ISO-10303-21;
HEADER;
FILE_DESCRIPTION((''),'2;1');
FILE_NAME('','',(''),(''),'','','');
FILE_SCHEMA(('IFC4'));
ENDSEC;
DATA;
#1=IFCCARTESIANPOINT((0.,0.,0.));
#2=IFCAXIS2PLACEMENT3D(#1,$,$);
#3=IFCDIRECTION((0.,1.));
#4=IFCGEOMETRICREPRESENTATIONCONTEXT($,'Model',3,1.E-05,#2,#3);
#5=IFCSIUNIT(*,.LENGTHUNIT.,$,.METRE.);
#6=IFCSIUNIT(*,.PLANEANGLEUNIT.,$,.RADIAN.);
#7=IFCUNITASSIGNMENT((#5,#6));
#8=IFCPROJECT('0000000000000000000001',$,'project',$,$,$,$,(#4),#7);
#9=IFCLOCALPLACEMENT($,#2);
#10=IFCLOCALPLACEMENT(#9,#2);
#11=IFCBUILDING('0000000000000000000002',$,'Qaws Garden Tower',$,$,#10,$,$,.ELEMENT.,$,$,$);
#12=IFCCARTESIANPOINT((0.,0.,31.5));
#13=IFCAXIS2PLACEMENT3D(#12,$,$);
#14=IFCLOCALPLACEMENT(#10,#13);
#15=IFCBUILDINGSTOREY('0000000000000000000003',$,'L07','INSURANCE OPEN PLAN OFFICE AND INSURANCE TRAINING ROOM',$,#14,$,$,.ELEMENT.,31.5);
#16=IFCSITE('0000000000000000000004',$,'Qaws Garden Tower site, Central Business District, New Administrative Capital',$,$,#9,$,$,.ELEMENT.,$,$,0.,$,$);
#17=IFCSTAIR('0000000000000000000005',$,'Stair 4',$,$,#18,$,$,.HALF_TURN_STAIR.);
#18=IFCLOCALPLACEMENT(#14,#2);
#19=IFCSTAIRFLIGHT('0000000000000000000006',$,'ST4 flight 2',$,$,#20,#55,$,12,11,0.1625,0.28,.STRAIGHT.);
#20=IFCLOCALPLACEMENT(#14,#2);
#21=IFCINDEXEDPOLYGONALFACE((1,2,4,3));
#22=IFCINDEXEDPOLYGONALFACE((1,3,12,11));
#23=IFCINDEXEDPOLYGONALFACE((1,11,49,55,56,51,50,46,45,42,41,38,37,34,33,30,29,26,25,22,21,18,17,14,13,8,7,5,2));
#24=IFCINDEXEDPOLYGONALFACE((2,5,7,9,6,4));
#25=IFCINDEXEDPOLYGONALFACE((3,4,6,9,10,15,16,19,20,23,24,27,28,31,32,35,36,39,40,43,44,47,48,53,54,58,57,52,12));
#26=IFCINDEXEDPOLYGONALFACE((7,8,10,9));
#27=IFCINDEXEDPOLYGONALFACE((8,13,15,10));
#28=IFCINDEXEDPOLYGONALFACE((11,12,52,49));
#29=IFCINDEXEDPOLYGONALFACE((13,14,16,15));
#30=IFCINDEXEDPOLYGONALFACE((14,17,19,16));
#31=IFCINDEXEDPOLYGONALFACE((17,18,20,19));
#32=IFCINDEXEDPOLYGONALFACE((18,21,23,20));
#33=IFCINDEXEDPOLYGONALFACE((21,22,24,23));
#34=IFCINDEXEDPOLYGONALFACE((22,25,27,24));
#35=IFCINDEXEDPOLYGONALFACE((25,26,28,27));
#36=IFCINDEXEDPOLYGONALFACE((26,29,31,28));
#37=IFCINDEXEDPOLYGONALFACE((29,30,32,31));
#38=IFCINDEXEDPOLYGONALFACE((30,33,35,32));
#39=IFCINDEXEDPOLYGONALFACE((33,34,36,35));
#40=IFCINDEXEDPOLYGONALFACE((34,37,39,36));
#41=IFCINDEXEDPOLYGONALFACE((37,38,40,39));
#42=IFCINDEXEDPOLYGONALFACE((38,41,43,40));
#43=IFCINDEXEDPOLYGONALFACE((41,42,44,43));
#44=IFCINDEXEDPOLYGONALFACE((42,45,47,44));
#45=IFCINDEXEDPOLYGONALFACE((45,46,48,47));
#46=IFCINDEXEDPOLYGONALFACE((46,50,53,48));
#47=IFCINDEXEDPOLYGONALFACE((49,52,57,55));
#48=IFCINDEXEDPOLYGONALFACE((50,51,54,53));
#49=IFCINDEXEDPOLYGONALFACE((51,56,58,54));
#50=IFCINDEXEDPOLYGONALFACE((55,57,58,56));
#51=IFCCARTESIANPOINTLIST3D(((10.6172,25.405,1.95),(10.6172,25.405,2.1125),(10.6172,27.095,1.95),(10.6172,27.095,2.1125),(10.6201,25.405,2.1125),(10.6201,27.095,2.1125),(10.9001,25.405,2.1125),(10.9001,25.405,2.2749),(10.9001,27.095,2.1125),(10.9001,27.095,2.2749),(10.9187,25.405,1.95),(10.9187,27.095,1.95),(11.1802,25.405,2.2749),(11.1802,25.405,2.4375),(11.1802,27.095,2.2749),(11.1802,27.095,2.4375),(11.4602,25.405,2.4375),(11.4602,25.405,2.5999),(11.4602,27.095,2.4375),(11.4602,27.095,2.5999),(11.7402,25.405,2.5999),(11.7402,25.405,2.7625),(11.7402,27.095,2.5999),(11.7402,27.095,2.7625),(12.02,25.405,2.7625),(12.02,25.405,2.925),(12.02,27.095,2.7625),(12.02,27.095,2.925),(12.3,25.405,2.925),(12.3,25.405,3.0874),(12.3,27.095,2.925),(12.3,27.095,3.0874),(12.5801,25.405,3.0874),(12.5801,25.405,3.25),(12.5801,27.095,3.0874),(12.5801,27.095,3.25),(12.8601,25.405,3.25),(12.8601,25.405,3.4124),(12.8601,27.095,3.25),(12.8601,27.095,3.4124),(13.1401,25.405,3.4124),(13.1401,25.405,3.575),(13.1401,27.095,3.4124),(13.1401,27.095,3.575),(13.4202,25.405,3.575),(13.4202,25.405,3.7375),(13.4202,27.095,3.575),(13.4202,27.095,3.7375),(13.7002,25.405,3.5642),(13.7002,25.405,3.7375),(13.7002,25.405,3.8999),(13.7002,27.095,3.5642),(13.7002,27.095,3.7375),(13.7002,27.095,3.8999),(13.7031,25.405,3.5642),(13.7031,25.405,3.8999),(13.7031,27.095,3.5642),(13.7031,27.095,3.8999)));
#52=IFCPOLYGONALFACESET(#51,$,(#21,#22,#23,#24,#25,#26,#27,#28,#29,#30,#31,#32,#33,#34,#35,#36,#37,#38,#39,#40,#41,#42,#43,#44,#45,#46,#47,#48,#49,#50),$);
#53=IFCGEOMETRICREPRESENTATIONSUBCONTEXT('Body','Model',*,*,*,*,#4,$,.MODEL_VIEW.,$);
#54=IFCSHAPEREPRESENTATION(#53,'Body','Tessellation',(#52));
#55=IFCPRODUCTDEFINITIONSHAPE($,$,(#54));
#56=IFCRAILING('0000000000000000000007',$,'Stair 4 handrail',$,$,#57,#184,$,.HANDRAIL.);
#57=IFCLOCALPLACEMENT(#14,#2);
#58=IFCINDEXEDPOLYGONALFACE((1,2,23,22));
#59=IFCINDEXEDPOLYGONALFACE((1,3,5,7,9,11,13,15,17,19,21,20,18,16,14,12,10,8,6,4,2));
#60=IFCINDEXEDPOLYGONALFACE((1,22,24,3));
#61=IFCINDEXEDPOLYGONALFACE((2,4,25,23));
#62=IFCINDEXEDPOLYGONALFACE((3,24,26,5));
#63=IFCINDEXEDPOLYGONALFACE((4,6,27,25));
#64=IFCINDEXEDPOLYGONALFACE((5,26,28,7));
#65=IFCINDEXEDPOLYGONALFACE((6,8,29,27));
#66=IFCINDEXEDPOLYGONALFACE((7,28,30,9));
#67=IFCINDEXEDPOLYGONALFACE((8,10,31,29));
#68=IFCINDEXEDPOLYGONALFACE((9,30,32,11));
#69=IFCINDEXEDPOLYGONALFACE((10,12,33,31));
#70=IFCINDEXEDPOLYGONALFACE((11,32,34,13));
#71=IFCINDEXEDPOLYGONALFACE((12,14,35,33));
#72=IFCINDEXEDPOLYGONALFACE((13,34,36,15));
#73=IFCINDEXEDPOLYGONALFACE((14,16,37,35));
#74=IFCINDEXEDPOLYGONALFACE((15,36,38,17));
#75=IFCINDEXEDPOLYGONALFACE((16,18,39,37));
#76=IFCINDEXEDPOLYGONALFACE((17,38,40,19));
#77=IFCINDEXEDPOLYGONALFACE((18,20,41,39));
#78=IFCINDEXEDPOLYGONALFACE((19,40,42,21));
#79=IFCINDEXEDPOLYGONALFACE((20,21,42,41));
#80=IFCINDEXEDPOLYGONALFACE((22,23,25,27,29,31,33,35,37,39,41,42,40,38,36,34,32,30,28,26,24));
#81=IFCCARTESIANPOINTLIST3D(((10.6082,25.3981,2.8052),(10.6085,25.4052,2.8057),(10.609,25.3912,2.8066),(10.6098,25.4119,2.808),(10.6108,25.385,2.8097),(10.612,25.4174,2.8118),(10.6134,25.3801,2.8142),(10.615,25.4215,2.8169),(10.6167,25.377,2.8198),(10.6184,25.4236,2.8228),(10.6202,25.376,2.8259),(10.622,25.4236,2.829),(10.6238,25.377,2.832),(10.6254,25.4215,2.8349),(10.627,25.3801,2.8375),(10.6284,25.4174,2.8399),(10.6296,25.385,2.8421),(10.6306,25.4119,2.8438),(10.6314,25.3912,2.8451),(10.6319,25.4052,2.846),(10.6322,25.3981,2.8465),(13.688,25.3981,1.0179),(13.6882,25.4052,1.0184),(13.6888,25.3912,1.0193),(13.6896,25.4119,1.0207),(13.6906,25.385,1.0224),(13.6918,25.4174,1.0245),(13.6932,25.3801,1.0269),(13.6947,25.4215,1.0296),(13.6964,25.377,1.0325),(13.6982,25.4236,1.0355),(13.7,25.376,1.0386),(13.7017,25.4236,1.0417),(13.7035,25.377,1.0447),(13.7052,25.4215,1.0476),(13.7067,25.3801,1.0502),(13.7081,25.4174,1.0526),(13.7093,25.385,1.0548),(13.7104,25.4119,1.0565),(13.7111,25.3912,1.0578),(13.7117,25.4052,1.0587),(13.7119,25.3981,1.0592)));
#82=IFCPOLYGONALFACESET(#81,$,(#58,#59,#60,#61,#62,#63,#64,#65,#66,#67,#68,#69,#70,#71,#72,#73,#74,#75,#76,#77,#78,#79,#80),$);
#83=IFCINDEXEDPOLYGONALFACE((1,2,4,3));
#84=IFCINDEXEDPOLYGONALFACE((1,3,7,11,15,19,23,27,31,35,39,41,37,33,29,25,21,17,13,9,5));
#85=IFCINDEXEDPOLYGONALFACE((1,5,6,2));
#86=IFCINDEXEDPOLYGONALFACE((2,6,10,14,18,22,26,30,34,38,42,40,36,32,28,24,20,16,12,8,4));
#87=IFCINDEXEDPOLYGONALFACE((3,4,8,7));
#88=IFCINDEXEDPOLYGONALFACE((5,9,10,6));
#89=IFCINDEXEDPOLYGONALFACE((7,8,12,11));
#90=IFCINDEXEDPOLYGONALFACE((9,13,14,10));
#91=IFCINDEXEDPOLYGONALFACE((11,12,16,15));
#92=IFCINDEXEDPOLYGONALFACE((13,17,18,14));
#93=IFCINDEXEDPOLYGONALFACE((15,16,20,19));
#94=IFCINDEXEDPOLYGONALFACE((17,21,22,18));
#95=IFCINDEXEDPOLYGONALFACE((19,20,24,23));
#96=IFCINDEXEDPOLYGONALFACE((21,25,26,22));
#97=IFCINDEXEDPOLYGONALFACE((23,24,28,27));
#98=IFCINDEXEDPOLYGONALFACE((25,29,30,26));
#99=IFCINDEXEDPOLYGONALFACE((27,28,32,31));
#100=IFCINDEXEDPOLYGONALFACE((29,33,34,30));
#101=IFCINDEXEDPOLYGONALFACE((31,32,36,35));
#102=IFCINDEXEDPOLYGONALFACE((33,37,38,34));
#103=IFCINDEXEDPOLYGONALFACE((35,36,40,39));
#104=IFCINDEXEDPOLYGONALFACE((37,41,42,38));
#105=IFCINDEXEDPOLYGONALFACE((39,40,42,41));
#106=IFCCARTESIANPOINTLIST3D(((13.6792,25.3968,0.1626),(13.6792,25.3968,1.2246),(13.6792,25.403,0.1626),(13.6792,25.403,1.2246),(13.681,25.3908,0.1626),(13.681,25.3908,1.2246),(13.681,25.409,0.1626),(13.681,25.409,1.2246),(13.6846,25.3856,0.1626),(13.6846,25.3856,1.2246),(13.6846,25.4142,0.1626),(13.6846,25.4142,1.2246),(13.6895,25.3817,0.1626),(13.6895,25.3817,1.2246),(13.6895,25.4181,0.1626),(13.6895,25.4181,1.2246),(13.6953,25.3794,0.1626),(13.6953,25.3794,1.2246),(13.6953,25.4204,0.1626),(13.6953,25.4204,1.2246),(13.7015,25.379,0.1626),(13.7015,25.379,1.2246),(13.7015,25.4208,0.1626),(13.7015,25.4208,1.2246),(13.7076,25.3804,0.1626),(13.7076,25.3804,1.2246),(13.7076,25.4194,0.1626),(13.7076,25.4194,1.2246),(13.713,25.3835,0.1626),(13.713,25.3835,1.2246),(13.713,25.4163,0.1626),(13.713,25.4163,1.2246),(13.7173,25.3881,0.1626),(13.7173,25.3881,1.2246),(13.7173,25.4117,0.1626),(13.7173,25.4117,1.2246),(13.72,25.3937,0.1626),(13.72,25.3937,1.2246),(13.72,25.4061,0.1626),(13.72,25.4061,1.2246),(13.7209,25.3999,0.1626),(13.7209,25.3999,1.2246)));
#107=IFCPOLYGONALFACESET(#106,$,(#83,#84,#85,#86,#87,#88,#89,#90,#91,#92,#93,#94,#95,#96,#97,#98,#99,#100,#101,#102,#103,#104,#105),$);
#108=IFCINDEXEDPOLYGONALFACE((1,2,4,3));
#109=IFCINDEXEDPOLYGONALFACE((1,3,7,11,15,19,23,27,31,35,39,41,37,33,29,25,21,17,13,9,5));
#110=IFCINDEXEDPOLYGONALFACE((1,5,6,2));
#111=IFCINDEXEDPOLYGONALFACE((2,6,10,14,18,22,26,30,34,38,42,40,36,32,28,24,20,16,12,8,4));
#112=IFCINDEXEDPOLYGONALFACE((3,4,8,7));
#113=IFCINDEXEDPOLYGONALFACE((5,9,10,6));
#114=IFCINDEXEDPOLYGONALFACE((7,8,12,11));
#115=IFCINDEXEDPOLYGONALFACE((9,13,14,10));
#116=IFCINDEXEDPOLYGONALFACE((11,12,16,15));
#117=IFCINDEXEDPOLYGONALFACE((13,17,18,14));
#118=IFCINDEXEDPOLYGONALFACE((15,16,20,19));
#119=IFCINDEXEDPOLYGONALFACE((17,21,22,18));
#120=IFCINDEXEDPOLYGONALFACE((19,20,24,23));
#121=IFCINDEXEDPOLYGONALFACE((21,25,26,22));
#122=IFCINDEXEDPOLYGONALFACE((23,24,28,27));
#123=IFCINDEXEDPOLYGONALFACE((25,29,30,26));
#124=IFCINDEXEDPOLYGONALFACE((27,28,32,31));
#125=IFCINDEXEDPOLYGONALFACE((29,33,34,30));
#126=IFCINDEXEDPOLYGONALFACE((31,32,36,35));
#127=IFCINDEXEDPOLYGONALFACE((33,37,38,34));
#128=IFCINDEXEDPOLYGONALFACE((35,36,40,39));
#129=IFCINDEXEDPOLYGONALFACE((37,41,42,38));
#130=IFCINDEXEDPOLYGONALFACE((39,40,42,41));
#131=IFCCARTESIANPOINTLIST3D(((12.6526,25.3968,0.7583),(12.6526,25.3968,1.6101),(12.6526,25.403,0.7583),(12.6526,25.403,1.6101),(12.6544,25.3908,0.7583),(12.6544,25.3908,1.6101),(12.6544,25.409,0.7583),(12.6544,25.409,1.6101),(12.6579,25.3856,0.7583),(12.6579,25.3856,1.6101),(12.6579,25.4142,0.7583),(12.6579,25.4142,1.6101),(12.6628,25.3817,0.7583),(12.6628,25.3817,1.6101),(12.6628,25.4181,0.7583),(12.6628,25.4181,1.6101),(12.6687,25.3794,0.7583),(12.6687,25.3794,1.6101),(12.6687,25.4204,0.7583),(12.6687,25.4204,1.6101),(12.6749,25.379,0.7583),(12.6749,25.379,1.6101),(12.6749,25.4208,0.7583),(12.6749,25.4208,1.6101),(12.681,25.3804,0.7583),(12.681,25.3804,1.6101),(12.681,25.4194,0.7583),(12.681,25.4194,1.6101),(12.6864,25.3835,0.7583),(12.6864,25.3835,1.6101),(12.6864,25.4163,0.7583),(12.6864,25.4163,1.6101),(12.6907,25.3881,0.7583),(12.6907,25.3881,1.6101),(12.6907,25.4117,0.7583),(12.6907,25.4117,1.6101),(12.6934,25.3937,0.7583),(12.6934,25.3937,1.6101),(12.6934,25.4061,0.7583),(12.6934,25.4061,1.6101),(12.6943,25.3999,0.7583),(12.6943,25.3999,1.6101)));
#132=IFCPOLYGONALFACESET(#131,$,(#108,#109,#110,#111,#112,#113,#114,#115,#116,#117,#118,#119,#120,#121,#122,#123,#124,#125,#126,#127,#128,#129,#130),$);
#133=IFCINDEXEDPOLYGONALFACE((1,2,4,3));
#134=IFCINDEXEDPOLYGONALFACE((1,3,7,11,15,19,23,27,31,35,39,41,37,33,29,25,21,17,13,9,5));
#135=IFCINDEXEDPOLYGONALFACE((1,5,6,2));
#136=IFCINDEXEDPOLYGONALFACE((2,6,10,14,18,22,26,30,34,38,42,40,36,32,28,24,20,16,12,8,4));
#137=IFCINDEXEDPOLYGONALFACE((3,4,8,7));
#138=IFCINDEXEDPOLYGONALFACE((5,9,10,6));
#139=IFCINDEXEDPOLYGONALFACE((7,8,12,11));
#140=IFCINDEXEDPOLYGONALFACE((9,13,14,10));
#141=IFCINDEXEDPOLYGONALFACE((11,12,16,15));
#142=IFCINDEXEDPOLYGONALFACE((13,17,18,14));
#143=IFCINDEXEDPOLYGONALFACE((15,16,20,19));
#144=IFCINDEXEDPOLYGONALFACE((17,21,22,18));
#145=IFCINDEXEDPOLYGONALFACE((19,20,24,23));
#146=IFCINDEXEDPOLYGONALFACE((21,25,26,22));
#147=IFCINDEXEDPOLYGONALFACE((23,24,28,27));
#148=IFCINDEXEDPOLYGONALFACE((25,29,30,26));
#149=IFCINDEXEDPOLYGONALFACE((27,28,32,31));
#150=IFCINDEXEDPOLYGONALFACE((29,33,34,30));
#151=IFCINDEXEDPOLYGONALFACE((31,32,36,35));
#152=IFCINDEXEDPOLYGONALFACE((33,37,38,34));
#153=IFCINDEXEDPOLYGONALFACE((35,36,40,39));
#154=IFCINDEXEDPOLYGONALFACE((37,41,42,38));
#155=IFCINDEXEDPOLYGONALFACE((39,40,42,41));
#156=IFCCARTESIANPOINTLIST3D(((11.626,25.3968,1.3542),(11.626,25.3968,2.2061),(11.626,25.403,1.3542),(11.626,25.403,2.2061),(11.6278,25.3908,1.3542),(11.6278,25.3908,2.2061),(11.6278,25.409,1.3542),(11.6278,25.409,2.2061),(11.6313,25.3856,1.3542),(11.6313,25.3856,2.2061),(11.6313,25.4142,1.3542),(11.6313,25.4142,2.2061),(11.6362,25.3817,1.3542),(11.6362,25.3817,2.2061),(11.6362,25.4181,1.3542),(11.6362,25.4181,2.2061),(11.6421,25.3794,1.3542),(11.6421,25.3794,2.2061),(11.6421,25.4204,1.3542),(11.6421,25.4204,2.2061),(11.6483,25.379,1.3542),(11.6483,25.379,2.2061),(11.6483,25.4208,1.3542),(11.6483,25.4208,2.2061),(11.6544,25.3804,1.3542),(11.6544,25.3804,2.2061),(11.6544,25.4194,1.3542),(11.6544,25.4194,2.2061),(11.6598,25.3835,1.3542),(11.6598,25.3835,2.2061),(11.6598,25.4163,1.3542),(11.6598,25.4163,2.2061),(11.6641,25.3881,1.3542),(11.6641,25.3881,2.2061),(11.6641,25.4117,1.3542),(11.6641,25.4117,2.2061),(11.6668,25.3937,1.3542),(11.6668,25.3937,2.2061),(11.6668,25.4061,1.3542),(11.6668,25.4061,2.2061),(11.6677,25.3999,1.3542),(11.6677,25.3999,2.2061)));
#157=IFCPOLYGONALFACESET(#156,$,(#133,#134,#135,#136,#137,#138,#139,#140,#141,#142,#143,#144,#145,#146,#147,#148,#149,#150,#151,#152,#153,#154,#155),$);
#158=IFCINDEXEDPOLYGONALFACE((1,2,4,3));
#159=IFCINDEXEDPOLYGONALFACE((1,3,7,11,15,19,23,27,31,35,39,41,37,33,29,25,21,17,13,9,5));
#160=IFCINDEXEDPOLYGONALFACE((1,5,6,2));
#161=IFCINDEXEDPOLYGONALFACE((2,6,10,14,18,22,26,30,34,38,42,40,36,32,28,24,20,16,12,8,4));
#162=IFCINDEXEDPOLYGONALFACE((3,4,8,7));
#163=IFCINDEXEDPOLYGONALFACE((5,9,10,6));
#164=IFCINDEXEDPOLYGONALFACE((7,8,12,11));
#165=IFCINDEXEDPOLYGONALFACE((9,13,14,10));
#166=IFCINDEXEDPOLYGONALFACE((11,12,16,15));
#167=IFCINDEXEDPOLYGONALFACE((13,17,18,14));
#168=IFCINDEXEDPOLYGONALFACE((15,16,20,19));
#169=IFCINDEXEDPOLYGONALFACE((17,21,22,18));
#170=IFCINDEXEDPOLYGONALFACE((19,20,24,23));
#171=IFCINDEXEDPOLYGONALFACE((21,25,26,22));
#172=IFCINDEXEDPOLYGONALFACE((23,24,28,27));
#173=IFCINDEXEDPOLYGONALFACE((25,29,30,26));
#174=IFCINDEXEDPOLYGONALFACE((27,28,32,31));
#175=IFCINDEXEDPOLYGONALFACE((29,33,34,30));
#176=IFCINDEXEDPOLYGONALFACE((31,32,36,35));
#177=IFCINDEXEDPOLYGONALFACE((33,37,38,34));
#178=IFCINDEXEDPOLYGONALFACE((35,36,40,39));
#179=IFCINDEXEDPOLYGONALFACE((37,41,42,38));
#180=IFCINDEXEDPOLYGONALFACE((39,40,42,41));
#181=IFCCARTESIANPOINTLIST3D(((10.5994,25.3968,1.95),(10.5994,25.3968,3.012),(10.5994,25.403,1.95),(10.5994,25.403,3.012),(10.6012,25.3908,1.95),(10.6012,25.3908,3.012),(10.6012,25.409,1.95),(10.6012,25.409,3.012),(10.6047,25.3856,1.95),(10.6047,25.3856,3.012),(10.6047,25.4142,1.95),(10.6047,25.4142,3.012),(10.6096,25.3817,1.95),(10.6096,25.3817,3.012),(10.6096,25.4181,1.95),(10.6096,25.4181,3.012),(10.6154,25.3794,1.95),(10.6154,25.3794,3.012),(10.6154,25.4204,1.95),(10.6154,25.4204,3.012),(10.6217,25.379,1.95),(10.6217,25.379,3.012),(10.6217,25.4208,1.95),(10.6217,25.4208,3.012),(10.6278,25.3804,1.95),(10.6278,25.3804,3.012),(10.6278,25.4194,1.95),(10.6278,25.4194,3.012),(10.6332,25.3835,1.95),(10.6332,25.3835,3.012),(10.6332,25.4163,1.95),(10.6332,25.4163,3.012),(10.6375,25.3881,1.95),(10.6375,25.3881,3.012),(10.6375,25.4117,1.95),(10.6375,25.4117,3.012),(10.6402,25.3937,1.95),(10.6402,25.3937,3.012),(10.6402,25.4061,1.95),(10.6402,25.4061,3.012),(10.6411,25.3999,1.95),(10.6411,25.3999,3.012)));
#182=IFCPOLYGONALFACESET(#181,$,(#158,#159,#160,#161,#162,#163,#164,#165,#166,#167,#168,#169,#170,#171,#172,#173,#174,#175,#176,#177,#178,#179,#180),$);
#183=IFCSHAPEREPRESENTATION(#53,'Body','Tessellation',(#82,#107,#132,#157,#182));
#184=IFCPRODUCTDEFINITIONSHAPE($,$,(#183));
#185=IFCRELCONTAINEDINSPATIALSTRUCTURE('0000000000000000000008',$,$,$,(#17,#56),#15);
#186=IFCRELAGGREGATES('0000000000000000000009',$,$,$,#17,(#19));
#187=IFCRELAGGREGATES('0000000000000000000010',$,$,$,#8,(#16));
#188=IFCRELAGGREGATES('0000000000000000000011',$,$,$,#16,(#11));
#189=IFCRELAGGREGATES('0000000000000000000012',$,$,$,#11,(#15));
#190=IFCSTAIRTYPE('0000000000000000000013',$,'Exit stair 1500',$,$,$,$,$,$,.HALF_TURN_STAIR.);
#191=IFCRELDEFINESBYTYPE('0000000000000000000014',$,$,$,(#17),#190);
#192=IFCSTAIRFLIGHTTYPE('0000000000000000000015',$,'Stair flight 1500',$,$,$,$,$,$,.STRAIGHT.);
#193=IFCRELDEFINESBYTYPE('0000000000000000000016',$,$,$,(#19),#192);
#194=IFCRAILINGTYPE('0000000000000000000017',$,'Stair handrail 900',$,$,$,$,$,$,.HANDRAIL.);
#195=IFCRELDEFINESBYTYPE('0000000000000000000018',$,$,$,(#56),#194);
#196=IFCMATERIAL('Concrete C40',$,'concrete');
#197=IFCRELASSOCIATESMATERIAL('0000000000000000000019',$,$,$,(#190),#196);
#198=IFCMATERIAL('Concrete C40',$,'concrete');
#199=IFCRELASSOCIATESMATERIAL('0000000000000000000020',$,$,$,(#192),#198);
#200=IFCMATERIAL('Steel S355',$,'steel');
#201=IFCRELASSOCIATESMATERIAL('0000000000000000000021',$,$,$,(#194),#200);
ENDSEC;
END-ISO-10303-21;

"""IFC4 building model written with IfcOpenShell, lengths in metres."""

from ifc_helpers import new_model, si_unit, direction, frame, origin, origin_2d, place, context, subcontext, project, spatial, polyline, circle, outline, extrude, material, type_object, element, aggregate, save


model = new_model("IFC4")

# Units and contexts
model_context = context("Model", 3, precision=1e-05, world=origin(), true_north=direction((0.0, 1.0)))
body_context = subcontext(model_context, "Body", "Model", "MODEL_VIEW")
ifc_project = project(units=[si_unit("LENGTHUNIT", "METRE"), si_unit("PLANEANGLEUNIT", "RADIAN")], contexts=[model_context])

# Site, building, storey
site_placement = place(None, origin())
site = spatial("IfcSite", under=ifc_project, at=site_placement, Name="Qaws Garden Tower site, Central Business District, New Administrative Capital", CompositionType="ELEMENT", RefElevation=0.0)
building_placement = place(site_placement, origin())
building = spatial("IfcBuilding", under=site, at=building_placement, Name="Qaws Garden Tower", CompositionType="ELEMENT")
storey_placement = place(building_placement, frame((0.0, 0.0, 31.5)))
storey = spatial("IfcBuildingStorey", under=building, at=storey_placement, Name="L07", Description="INSURANCE OPEN PLAN OFFICE AND INSURANCE TRAINING ROOM", CompositionType="ELEMENT", Elevation=31.5)

# Stair, stair flight
ifc_material_1 = material(Name="Concrete C40", Category="concrete")
stair_type = type_object("IfcStairType", Name="Exit stair 1500", PredefinedType="HALF_TURN_STAIR", material=ifc_material_1)
stair_placement = place(storey_placement, origin())
stair = element("IfcStair", 1, at=stair_placement, inside=storey, type_object=stair_type, Name="Stair 4", PredefinedType="HALF_TURN_STAIR")
ifc_material_2 = material(Name="Concrete C40", Category="concrete")
stair_flight_type = type_object("IfcStairFlightType", Name="Stair flight 1500", PredefinedType="STRAIGHT", material=ifc_material_2)
stair_flight_1_placement = place(storey_placement, frame((10.6201, 26.25, 1.95), z_axis=(0.0, 0.0, 1.0), x_axis=(1.0, 0.0, 0.0)))
stair_flight_1 = element("IfcStairFlight", 2, at=stair_flight_1_placement, type_object=stair_flight_type, Name="ST4 flight 2", NumberOfRisers=12, NumberOfTreads=11, PredefinedType="STRAIGHT", RiserHeight=0.1625, TreadLength=0.28, context=body_context, shape_type="SweptSolid", body=[
    extrude(outline(polyline([(-0.0029, 0.0), (-0.0029, 0.1626), (0.0, 0.1626), (0.28, 0.1626), (0.28, 0.325), (0.5601, 0.325), (0.5601, 0.4875), (0.8401, 0.4875), (0.8401, 0.6499), (1.1201, 0.6499), (1.1201, 0.8125), (1.3999, 0.8125), (1.3999, 0.9751), (1.6799, 0.9751), (1.6799, 1.1375), (1.96, 1.1375), (1.96, 1.3), (2.24, 1.3), (2.24, 1.4624), (2.52, 1.4624), (2.52, 1.625), (2.8, 1.625), (2.8, 1.7876), (3.0801, 1.7876), (3.0801, 1.95), (3.083, 1.95), (3.083, 1.6143), (3.0801, 1.6143), (0.2986, 0.0), (-0.0029, 0.0)])), frame((0.0, 0.845, 0.0), z_axis=(0.0, -1.0, 0.0), x_axis=(1.0, 0.0, 0.0)), (0.0, 0.0, 1.0), 1.6899),
])
aggregate(stair, [stair_flight_1])

# Railing
ifc_material_3 = material(Name="Steel S355", Category="steel")
railing_type = type_object("IfcRailingType", Name="Stair handrail 900", PredefinedType="HANDRAIL", material=ifc_material_3)
railing_1_placement = place(storey_placement, frame((13.7, 25.3999, 0.1626)))
element("IfcRailing", 3, at=railing_1_placement, inside=storey, type_object=railing_type, Name="Stair 4 handrail", PredefinedType="HANDRAIL", context=body_context, shape_type="SweptSolid", body=[
    extrude(circle(Radius=0.0239, at=origin_2d()), frame((0.0, 0.0, 0.876), z_axis=(-0.864903, 0.0, 0.501939), x_axis=(0.0, -1.0, 0.0)), (0.0, 0.0, 1.0), 3.5608),
    extrude(circle(Radius=0.021, at=origin_2d()), origin(), (0.0, 0.0, 1.0), 1.062),
    extrude(circle(Radius=0.021, at=origin_2d()), frame((-1.0266, 0.0, 0.5957)), (0.0, 0.0, 1.0), 0.8518),
    extrude(circle(Radius=0.021, at=origin_2d()), frame((-2.0532, 0.0, 1.1917)), (0.0, 0.0, 1.0), 0.8518),
    extrude(circle(Radius=0.021, at=origin_2d()), frame((-3.0798, 0.0, 1.7874)), (0.0, 0.0, 1.0), 1.062),
])

save(model, "model.ifc")
